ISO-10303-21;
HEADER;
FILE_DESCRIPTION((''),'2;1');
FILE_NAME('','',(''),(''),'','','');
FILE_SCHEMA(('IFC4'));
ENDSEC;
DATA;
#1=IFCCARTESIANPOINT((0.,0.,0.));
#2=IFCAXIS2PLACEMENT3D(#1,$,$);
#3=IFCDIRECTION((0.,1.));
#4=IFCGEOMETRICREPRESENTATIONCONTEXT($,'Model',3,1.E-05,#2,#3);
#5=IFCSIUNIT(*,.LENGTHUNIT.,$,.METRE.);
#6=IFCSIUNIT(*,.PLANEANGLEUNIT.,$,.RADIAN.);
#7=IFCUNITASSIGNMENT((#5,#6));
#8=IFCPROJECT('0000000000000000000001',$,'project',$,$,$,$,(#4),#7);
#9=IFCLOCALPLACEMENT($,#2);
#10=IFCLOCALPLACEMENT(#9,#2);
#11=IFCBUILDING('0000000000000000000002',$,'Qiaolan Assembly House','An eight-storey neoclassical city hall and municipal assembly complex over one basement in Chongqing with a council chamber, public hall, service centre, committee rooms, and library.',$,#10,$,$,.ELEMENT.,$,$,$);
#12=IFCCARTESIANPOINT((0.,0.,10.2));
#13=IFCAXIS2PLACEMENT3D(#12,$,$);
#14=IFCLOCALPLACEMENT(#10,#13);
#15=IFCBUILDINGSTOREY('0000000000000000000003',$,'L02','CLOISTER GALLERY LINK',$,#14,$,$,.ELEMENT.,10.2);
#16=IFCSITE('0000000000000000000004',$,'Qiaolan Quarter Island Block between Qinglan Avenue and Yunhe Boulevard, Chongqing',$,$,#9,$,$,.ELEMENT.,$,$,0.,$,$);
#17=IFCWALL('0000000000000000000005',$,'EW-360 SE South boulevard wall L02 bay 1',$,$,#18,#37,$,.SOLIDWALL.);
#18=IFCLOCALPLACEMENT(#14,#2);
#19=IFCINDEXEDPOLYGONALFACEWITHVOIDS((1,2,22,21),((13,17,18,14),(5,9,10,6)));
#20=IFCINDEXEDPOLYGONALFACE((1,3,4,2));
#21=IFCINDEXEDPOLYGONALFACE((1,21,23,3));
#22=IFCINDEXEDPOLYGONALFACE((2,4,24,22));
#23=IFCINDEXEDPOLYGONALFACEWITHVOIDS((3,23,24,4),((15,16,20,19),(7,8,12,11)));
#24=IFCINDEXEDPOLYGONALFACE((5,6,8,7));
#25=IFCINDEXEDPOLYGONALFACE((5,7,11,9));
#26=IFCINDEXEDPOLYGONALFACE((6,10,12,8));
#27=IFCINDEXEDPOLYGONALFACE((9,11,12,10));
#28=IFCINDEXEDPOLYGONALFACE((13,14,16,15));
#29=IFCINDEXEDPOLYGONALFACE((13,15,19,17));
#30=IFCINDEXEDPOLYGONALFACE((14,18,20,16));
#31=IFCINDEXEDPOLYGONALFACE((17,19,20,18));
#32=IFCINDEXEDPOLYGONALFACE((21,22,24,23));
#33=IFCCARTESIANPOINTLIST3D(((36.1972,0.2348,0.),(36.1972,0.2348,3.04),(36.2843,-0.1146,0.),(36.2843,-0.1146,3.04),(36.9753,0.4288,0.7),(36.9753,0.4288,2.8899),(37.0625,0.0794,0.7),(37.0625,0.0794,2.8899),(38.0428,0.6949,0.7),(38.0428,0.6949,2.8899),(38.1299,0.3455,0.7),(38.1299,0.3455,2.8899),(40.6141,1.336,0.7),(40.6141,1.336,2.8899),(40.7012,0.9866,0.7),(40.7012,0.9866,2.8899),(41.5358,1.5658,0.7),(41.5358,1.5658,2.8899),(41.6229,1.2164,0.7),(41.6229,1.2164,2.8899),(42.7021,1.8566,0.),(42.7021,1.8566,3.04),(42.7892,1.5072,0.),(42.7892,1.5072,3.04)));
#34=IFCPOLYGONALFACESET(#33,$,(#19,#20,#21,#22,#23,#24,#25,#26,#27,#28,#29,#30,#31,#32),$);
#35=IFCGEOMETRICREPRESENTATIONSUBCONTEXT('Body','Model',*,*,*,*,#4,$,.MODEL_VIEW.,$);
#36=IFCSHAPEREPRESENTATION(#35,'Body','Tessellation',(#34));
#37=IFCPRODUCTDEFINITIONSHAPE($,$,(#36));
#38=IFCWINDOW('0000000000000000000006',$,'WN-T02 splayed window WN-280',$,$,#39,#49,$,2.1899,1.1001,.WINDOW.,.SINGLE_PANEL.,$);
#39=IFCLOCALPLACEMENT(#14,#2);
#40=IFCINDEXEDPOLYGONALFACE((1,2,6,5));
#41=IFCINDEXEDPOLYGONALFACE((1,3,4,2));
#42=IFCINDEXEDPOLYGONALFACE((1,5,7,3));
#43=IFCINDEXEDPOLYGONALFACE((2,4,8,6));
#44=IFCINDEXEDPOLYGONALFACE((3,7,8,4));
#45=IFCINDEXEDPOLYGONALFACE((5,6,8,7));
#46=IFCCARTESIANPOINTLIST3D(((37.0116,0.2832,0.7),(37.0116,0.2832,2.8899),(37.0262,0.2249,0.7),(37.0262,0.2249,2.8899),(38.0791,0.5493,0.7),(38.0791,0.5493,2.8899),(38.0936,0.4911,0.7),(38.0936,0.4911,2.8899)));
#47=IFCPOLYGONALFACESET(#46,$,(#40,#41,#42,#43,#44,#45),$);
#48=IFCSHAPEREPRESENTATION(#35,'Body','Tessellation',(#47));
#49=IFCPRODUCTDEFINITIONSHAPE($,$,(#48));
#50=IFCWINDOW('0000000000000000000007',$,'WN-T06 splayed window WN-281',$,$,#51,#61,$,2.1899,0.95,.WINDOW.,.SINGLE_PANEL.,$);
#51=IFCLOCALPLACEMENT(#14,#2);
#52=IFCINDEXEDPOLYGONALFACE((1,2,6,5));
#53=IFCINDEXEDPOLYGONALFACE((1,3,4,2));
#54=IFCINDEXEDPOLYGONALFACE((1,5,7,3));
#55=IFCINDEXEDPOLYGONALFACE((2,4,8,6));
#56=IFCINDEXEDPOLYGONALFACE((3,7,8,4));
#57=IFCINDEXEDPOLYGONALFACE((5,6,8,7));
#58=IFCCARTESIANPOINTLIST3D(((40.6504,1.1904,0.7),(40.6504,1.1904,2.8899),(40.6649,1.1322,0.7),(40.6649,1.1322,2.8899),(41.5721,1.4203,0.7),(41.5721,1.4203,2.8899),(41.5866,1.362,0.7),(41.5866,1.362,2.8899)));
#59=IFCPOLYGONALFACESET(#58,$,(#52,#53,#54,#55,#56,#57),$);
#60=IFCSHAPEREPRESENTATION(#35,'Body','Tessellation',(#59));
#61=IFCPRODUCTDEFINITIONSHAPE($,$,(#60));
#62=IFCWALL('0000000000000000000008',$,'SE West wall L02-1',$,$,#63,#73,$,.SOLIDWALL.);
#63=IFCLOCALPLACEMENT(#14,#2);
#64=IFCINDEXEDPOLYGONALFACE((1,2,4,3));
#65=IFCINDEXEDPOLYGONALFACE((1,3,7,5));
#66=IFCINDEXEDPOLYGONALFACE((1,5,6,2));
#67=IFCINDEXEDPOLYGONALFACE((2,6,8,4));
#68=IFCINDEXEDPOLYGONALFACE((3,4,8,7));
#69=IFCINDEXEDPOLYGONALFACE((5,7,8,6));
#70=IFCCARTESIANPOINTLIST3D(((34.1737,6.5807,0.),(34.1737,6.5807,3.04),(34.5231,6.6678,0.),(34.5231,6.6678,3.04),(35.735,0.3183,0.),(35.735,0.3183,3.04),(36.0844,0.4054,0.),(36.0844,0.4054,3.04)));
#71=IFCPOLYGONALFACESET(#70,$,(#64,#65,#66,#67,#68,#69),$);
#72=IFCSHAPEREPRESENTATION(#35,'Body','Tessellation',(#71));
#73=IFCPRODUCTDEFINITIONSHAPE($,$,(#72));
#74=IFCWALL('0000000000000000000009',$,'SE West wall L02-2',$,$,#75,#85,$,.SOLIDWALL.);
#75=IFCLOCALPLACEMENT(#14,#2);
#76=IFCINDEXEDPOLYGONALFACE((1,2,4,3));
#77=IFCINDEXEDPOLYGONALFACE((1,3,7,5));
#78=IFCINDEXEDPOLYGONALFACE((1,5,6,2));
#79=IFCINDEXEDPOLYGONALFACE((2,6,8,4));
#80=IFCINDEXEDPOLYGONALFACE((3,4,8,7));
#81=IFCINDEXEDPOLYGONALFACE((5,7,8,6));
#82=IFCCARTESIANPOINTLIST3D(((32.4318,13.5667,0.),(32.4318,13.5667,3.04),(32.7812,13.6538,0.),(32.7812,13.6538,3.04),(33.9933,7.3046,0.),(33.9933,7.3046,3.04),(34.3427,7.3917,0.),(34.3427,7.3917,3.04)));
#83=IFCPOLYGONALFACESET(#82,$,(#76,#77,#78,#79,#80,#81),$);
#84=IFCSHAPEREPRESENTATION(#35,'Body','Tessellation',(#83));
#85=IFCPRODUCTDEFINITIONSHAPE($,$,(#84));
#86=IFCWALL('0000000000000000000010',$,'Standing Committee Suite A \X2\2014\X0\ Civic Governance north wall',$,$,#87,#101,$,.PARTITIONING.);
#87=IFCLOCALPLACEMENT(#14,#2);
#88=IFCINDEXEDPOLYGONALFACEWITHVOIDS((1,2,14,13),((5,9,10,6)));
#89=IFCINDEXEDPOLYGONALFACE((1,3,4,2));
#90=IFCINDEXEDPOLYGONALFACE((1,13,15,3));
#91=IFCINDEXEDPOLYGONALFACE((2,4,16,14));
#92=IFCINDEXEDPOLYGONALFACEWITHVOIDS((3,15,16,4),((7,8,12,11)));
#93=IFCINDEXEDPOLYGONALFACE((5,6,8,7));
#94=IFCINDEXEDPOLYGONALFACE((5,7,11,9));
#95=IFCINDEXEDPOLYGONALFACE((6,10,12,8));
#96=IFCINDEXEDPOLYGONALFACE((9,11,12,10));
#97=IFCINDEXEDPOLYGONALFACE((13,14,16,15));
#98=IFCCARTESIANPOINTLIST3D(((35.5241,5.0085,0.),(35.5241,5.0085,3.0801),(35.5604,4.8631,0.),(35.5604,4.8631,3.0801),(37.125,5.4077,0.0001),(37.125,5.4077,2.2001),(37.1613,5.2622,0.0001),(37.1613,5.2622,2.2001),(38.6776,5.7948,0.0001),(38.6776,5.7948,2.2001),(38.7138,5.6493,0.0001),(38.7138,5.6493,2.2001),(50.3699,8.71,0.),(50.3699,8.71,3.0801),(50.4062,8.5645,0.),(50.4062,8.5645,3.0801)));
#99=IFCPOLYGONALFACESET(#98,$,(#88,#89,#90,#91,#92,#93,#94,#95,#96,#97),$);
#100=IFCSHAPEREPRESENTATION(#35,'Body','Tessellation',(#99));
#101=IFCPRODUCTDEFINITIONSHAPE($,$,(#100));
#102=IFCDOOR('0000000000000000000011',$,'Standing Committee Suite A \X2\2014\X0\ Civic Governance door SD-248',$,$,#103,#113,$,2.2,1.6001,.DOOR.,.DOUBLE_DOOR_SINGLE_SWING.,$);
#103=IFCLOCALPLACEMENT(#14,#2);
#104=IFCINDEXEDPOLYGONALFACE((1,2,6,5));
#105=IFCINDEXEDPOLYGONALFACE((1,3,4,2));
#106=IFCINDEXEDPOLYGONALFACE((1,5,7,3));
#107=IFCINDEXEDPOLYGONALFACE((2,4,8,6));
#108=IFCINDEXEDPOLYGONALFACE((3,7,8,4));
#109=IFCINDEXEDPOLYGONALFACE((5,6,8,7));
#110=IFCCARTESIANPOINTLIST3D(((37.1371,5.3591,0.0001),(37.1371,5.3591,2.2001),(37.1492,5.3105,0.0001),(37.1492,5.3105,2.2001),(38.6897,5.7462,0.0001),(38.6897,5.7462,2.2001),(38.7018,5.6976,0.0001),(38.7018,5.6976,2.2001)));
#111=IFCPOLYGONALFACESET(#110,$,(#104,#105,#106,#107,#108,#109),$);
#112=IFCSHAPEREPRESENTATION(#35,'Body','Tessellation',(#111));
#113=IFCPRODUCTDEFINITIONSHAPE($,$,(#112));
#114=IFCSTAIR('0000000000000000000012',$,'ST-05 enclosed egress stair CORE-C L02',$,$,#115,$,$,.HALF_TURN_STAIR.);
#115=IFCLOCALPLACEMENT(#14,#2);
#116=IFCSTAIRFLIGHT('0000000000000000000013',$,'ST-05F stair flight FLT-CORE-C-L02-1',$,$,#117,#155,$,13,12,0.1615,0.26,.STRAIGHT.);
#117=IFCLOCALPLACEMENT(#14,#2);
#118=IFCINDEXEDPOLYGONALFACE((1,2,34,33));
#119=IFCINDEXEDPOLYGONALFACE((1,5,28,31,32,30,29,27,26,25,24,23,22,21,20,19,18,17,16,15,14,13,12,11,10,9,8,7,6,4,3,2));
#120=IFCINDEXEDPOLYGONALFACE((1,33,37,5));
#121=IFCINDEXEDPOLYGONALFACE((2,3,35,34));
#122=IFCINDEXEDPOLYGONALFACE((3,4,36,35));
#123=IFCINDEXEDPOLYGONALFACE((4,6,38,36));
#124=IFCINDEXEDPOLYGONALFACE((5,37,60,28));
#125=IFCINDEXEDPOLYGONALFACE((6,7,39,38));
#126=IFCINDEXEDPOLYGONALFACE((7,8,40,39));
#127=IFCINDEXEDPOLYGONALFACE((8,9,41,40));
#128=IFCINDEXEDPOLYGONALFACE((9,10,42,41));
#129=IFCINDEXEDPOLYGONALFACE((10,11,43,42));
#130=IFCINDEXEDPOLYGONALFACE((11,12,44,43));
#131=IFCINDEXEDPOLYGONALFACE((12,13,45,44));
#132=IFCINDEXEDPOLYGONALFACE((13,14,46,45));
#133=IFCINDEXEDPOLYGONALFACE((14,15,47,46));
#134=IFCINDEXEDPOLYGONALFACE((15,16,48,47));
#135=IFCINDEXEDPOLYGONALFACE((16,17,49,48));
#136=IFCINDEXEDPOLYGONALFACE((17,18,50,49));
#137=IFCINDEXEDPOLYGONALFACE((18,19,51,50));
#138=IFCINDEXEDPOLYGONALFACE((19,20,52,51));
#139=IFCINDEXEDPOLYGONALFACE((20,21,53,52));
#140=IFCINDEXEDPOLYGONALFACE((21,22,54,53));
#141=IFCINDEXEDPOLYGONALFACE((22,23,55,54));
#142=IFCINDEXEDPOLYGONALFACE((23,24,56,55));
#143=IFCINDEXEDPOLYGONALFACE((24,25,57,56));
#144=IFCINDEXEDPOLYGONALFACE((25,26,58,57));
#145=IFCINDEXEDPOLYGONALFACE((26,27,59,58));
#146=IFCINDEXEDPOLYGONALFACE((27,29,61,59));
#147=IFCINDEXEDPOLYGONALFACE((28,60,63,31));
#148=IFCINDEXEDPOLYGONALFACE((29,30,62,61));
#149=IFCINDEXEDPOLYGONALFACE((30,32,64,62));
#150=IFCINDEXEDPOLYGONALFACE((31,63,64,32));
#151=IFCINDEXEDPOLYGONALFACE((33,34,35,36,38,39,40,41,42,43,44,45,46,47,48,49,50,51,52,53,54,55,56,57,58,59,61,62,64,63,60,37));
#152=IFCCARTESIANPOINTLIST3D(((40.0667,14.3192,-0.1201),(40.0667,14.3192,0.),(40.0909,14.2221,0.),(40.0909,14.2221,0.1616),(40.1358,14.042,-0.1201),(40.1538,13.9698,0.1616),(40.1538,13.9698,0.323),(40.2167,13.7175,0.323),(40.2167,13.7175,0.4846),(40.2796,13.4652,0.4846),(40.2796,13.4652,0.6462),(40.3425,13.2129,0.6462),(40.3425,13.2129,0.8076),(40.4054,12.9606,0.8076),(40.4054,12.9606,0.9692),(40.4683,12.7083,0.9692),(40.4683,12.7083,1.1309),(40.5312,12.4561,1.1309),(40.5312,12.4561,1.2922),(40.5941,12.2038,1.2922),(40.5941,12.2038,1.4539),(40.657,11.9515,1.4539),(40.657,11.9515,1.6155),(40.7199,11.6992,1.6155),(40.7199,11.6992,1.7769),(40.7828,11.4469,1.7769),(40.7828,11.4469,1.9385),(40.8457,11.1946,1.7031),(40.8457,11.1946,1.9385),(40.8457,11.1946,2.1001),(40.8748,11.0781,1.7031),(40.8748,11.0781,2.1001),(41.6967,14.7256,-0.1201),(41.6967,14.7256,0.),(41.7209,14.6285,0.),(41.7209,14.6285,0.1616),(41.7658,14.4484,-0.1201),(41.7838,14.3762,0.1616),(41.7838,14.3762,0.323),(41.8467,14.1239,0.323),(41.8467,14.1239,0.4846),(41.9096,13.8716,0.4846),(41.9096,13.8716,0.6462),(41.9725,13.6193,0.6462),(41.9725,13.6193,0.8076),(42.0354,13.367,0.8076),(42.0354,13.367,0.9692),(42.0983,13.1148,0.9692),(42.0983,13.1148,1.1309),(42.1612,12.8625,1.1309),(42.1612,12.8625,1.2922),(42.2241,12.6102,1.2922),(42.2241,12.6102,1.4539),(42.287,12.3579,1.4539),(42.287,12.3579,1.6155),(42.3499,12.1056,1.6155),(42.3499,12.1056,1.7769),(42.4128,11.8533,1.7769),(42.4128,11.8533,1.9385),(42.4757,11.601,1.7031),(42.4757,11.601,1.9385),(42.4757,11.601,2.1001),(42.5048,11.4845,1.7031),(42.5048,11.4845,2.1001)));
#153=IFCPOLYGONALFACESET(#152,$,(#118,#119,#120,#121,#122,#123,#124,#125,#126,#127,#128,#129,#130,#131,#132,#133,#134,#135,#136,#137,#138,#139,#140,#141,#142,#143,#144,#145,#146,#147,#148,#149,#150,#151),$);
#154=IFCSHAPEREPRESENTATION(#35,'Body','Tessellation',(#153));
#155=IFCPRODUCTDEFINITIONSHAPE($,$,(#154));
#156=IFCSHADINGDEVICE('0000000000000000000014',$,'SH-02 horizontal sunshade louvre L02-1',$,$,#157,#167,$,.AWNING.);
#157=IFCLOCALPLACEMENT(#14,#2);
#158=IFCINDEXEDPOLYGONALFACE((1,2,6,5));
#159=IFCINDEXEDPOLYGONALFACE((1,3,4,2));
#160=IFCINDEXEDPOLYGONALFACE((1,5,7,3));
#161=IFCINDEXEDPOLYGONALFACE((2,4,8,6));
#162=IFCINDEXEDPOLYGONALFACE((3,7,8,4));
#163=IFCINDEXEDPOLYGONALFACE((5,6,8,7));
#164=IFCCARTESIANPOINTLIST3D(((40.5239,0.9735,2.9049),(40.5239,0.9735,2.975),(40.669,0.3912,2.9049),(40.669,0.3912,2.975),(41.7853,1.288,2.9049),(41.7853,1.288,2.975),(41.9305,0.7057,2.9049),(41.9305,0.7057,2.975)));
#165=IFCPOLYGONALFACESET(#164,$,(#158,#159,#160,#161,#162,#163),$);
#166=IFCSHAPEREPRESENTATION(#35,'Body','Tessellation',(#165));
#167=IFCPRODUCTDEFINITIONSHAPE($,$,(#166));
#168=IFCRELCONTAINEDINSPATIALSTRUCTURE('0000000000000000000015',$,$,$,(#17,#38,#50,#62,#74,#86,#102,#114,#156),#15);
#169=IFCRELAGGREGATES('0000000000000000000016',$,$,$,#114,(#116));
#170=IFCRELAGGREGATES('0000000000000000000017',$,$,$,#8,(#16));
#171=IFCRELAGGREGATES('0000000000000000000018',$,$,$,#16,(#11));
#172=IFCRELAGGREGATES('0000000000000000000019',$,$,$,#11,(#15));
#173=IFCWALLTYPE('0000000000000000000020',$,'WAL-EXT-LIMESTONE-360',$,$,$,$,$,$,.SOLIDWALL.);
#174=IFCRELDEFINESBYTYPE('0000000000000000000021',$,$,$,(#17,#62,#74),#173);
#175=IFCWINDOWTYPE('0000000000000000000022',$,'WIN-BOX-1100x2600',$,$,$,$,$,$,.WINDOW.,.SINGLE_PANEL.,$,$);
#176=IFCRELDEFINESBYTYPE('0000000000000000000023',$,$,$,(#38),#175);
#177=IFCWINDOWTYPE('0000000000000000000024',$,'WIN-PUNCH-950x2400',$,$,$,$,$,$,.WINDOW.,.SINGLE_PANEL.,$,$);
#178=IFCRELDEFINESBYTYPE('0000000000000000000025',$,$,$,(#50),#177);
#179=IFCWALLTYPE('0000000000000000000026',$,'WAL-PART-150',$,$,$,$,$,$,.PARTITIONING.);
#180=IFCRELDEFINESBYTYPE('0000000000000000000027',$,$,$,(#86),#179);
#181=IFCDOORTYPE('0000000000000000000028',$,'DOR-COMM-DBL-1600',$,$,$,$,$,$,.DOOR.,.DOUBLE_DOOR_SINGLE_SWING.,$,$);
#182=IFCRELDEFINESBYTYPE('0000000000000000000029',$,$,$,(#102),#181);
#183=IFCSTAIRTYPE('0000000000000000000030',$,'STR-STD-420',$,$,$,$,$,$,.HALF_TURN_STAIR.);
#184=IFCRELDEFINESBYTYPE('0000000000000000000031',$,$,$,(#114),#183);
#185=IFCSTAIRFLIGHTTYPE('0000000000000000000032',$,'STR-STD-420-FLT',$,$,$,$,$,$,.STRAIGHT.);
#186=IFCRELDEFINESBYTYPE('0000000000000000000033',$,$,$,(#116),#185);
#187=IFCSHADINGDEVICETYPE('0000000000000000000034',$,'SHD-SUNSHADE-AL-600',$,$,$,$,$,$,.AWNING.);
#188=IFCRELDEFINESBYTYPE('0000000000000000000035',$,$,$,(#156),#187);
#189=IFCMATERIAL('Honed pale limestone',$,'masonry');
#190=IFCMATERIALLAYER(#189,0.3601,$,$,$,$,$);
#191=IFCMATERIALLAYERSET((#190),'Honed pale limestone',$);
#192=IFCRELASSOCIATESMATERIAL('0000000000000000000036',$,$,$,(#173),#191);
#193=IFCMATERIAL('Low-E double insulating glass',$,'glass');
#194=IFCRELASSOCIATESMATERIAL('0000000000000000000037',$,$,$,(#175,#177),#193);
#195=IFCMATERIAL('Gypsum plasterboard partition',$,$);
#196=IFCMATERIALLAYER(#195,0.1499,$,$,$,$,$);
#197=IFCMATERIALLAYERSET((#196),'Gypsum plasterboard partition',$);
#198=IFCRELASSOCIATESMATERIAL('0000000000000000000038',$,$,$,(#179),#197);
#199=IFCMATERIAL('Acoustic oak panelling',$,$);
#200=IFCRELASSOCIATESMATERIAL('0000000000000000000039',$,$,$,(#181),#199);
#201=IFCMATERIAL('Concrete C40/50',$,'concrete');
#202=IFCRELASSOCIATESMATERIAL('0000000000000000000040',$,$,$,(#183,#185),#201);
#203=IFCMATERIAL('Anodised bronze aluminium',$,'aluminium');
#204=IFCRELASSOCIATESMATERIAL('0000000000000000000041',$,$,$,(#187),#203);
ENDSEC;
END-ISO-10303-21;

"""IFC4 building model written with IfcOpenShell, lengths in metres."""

from ifc_helpers import new_model, si_unit, direction, frame, frame_2d, origin, origin_2d, place, context, subcontext, project, spatial, polyline, rectangle, outline, extrude, material, layer, layer_set, material_profile, profile_set, type_object, element, fill, aggregate, save


model = new_model("IFC4")

# Units and contexts
model_context = context("Model", 3, precision=1e-05, world=origin(), true_north=direction((0.0, 1.0)))
body_context = subcontext(model_context, "Body", "Model", "MODEL_VIEW")
ifc_project = project(units=[si_unit("LENGTHUNIT", "METRE"), si_unit("PLANEANGLEUNIT", "RADIAN")], contexts=[model_context])

# Site, building, storey
site_placement = place(None, origin())
site = spatial("IfcSite", under=ifc_project, at=site_placement, Name="Qiaolan Quarter Island Block between Qinglan Avenue and Yunhe Boulevard, Chongqing", CompositionType="ELEMENT", RefElevation=0.0)
building_placement = place(site_placement, origin())
building = spatial("IfcBuilding", under=site, at=building_placement, Name="Qiaolan Assembly House", Description="An eight-storey neoclassical city hall and municipal assembly complex over one basement in Chongqing with a council chamber, public hall, service centre, committee rooms, and library.", CompositionType="ELEMENT")
storey_placement = place(building_placement, frame((0.0, 0.0, 10.2)))
storey = spatial("IfcBuildingStorey", under=building, at=storey_placement, Name="L02", Description="CLOISTER GALLERY LINK", CompositionType="ELEMENT", Elevation=10.2)

# Shared definitions
ifc_material_1 = material(Name="Concrete C40/50", Category="concrete")

# Shared definitions
ifc_material_2 = material(Name="Honed pale limestone", Category="masonry")

# Wall, openings, windows
ifc_layer_1 = layer(ifc_material_2, 0.3601)
ifc_layer_set_1 = layer_set([ifc_layer_1], Name="Honed pale limestone")
wall_type_1 = type_object("IfcWallType", Name="WAL-EXT-LIMESTONE-360", PredefinedType="SOLIDWALL", material=ifc_layer_set_1)
wall_1_placement = place(storey_placement, frame((36.2407, 0.0601, 0.0), z_axis=(0.0, 0.0, 1.0), x_axis=(0.970297, 0.241919, 0.0)))
wall_1 = element("IfcWall", 1, at=wall_1_placement, inside=storey, type_object=wall_type_1, Name="EW-360 SE South boulevard wall L02 bay 1", PredefinedType="SOLIDWALL", context=body_context, shape_type="SweptSolid", body=[
    extrude(rectangle(XDim=6.7041, YDim=0.3601, at=frame_2d((3.3521, 0.0))), origin(), (0.0, 0.0, 1.0), 3.04),
])
opening_1_placement = place(wall_1_placement, frame((0.802, 0.0, 0.7)))
opening_1 = element("IfcOpeningElement", 2, at=opening_1_placement, cuts=wall_1, PredefinedType="OPENING", context=body_context, shape_type="SweptSolid", body=[
    extrude(rectangle(XDim=1.1001, YDim=2.1899, at=frame_2d((0.55, 1.095))), frame((0.0, 0.1899, 0.0), z_axis=(0.0, -1.0, 0.0), x_axis=(1.0, 0.0, 0.0)), (0.0, 0.0, 1.0), 0.3801),
])
opening_2_placement = place(wall_1_placement, frame((4.552, 0.0, 0.7)))
opening_2 = element("IfcOpeningElement", 3, at=opening_2_placement, cuts=wall_1, PredefinedType="OPENING", context=body_context, shape_type="SweptSolid", body=[
    extrude(rectangle(XDim=0.95, YDim=2.1899, at=frame_2d((0.4751, 1.095))), frame((0.0, 0.1899, 0.0), z_axis=(0.0, -1.0, 0.0), x_axis=(1.0, 0.0, 0.0)), (0.0, 0.0, 1.0), 0.3801),
])
ifc_material_3 = material(Name="Low-E double insulating glass", Category="glass")
window_type_1 = type_object("IfcWindowType", Name="WIN-BOX-1100x2600", PartitioningType="SINGLE_PANEL", PredefinedType="WINDOW", material=ifc_material_3)
window_1_placement = place(opening_1_placement, origin())
window_1 = element("IfcWindow", 4, at=window_1_placement, inside=storey, type_object=window_type_1, Name="WN-T02 splayed window WN-280", OverallHeight=2.1899, OverallWidth=1.1001, PartitioningType="SINGLE_PANEL", PredefinedType="WINDOW", context=body_context, shape_type="SweptSolid", body=[
    extrude(rectangle(XDim=1.1001, YDim=2.1899, at=frame_2d((0.55, 1.095))), frame((0.0, 0.03, 0.0), z_axis=(0.0, -1.0, 0.0), x_axis=(1.0, 0.0, 0.0)), (0.0, 0.0, 1.0), 0.0601),
])
fill(opening_1, window_1)
window_type_2 = type_object("IfcWindowType", Name="WIN-PUNCH-950x2400", PartitioningType="SINGLE_PANEL", PredefinedType="WINDOW", material=ifc_material_3)
window_2_placement = place(opening_2_placement, origin())
window_2 = element("IfcWindow", 5, at=window_2_placement, inside=storey, type_object=window_type_2, Name="WN-T06 splayed window WN-281", OverallHeight=2.1899, OverallWidth=0.95, PartitioningType="SINGLE_PANEL", PredefinedType="WINDOW", context=body_context, shape_type="SweptSolid", body=[
    extrude(rectangle(XDim=0.95, YDim=2.1899, at=frame_2d((0.4751, 1.095))), frame((0.0, 0.03, 0.0), z_axis=(0.0, -1.0, 0.0), x_axis=(1.0, 0.0, 0.0)), (0.0, 0.0, 1.0), 0.0601),
])
fill(opening_2, window_2)

# Walls
wall_2_placement = place(storey_placement, frame((34.3484, 6.6243, 0.0), z_axis=(0.0, 0.0, 1.0), x_axis=(0.241904, -0.9703, 0.0)))
element("IfcWall", 6, at=wall_2_placement, inside=storey, type_object=wall_type_1, Name="SE West wall L02-1", PredefinedType="SOLIDWALL", context=body_context, shape_type="SweptSolid", body=[
    extrude(rectangle(XDim=6.4541, YDim=0.3601, at=frame_2d((3.2271, 0.0))), origin(), (0.0, 0.0, 1.0), 3.04),
])
wall_3_placement = place(storey_placement, frame((32.6064, 13.6104, 0.0), z_axis=(0.0, 0.0, 1.0), x_axis=(0.241948, -0.970289, 0.0)))
element("IfcWall", 7, at=wall_3_placement, inside=storey, type_object=wall_type_1, Name="SE West wall L02-2", PredefinedType="SOLIDWALL", context=body_context, shape_type="SweptSolid", body=[
    extrude(rectangle(XDim=6.4539, YDim=0.3601, at=frame_2d((3.2271, 0.0))), origin(), (0.0, 0.0, 1.0), 3.04),
])

# Wall, opening, door
ifc_material_4 = material(Name="Gypsum plasterboard partition")
ifc_layer_2 = layer(ifc_material_4, 0.1499)
ifc_layer_set_2 = layer_set([ifc_layer_2], Name="Gypsum plasterboard partition")
wall_type_2 = type_object("IfcWallType", Name="WAL-PART-150", PredefinedType="PARTITIONING", material=ifc_layer_set_2)
wall_4_placement = place(storey_placement, frame((35.5422, 4.9358, 0.0), z_axis=(0.0, 0.0, 1.0), x_axis=(0.970296, 0.24192, 0.0)))
wall_4 = element("IfcWall", 8, at=wall_4_placement, inside=storey, type_object=wall_type_2, Name="Standing Committee Suite A — Civic Governance north wall", PredefinedType="PARTITIONING", context=body_context, shape_type="SweptSolid", body=[
    extrude(rectangle(XDim=15.3003, YDim=0.1499, at=frame_2d((7.6501, 0.0))), origin(), (0.0, 0.0, 1.0), 3.0801),
])
opening_3_placement = place(wall_4_placement, frame((1.6499, 0.0, 0.0)))
opening_3 = element("IfcOpeningElement", 9, at=opening_3_placement, cuts=wall_4, PredefinedType="OPENING", context=body_context, shape_type="SweptSolid", body=[
    extrude(rectangle(XDim=1.6001, YDim=2.2, at=frame_2d((0.8, 1.1001))), frame((0.0, 0.085, 0.0), z_axis=(0.0, -1.0, 0.0), x_axis=(1.0, 0.0, 0.0)), (0.0, 0.0, 1.0), 0.1699),
])
ifc_material_5 = material(Name="Acoustic oak panelling")
door_type = type_object("IfcDoorType", Name="DOR-COMM-DBL-1600", OperationType="DOUBLE_DOOR_SINGLE_SWING", PredefinedType="DOOR", material=ifc_material_5)
door_placement = place(opening_3_placement, origin())
door = element("IfcDoor", 10, at=door_placement, inside=storey, type_object=door_type, Name="Standing Committee Suite A — Civic Governance door SD-248", OperationType="DOUBLE_DOOR_SINGLE_SWING", OverallHeight=2.2, OverallWidth=1.6001, PredefinedType="DOOR", context=body_context, shape_type="SweptSolid", body=[
    extrude(rectangle(XDim=1.6001, YDim=2.2, at=frame_2d((0.8, 1.1001))), frame((0.0, 0.0249, 0.0), z_axis=(0.0, -1.0, 0.0), x_axis=(1.0, 0.0, 0.0)), (0.0, 0.0, 1.0), 0.05),
])
fill(opening_3, door)

# Stair, stair flight
stair_type = type_object("IfcStairType", Name="STR-STD-420", PredefinedType="HALF_TURN_STAIR", material=ifc_material_1)
stair_placement = place(storey_placement, origin())
stair = element("IfcStair", 11, at=stair_placement, inside=storey, type_object=stair_type, Name="ST-05 enclosed egress stair CORE-C L02", PredefinedType="HALF_TURN_STAIR")
stair_flight_type = type_object("IfcStairFlightType", Name="STR-STD-420-FLT", PredefinedType="STRAIGHT", material=ifc_material_1)
stair_flight_placement = place(storey_placement, frame((40.906, 14.4253, 0.0), z_axis=(0.0, 0.0, 1.0), x_axis=(0.241922, -0.970296, 0.0)))
stair_flight = element("IfcStairFlight", 12, at=stair_flight_placement, type_object=stair_flight_type, Name="ST-05F stair flight FLT-CORE-C-L02-1", NumberOfRisers=13, NumberOfTreads=12, PredefinedType="STRAIGHT", RiserHeight=0.1615, TreadLength=0.26, context=body_context, shape_type="SweptSolid", body=[
    extrude(outline(polyline([(-0.1001, -0.1201), (-0.1001, 0.0), (0.0, 0.0), (0.0, 0.1616), (0.26, 0.1616), (0.26, 0.323), (0.52, 0.323), (0.52, 0.4846), (0.78, 0.4846), (0.78, 0.6462), (1.04, 0.6462), (1.04, 0.8076), (1.3, 0.8076), (1.3, 0.9692), (1.5601, 0.9692), (1.5601, 1.1309), (1.8201, 1.1309), (1.8201, 1.2922), (2.0801, 1.2922), (2.0801, 1.4539), (2.3401, 1.4539), (2.3401, 1.6155), (2.6001, 1.6155), (2.6001, 1.7769), (2.8601, 1.7769), (2.8601, 1.9385), (3.1201, 1.9385), (3.1201, 2.1001), (3.2402, 2.1001), (3.2402, 1.7031), (3.1201, 1.7031), (0.1855, -0.1201), (-0.1001, -0.1201)])), frame((0.0, 0.8398, 0.0), z_axis=(0.0, -1.0, 0.0), x_axis=(1.0, 0.0, 0.0)), (0.0, 0.0, 1.0), 1.6799),
])
aggregate(stair, [stair_flight])

# Shading device
ifc_material_6 = material(Name="Anodised bronze aluminium", Category="aluminium")
ifc_material_profile_1 = material_profile(ifc_material_6, rectangle(XDim=0.6001, YDim=0.0701, at=origin_2d()), Name="SHD 600x70")
ifc_profile_set_1 = profile_set([ifc_material_profile_1], Name="Anodised bronze aluminium")
shading_device_type = type_object("IfcShadingDeviceType", Name="SHD-SUNSHADE-AL-600", PredefinedType="AWNING", material=ifc_profile_set_1)
shading_device_placement = place(storey_placement, frame((40.5964, 0.6824, 2.9399), z_axis=(0.970308, 0.241873, 0.0), x_axis=(-0.241873, 0.970308, 0.0)))
element("IfcShadingDevice", 13, at=shading_device_placement, inside=storey, type_object=shading_device_type, Name="SH-02 horizontal sunshade louvre L02-1", PredefinedType="AWNING", context=body_context, shape_type="SweptSolid", body=[
    extrude(rectangle(XDim=0.6001, YDim=0.0701, at=origin_2d()), origin(), (0.0, 0.0, 1.0), 1.3),
])

save(model, "model.ifc")
